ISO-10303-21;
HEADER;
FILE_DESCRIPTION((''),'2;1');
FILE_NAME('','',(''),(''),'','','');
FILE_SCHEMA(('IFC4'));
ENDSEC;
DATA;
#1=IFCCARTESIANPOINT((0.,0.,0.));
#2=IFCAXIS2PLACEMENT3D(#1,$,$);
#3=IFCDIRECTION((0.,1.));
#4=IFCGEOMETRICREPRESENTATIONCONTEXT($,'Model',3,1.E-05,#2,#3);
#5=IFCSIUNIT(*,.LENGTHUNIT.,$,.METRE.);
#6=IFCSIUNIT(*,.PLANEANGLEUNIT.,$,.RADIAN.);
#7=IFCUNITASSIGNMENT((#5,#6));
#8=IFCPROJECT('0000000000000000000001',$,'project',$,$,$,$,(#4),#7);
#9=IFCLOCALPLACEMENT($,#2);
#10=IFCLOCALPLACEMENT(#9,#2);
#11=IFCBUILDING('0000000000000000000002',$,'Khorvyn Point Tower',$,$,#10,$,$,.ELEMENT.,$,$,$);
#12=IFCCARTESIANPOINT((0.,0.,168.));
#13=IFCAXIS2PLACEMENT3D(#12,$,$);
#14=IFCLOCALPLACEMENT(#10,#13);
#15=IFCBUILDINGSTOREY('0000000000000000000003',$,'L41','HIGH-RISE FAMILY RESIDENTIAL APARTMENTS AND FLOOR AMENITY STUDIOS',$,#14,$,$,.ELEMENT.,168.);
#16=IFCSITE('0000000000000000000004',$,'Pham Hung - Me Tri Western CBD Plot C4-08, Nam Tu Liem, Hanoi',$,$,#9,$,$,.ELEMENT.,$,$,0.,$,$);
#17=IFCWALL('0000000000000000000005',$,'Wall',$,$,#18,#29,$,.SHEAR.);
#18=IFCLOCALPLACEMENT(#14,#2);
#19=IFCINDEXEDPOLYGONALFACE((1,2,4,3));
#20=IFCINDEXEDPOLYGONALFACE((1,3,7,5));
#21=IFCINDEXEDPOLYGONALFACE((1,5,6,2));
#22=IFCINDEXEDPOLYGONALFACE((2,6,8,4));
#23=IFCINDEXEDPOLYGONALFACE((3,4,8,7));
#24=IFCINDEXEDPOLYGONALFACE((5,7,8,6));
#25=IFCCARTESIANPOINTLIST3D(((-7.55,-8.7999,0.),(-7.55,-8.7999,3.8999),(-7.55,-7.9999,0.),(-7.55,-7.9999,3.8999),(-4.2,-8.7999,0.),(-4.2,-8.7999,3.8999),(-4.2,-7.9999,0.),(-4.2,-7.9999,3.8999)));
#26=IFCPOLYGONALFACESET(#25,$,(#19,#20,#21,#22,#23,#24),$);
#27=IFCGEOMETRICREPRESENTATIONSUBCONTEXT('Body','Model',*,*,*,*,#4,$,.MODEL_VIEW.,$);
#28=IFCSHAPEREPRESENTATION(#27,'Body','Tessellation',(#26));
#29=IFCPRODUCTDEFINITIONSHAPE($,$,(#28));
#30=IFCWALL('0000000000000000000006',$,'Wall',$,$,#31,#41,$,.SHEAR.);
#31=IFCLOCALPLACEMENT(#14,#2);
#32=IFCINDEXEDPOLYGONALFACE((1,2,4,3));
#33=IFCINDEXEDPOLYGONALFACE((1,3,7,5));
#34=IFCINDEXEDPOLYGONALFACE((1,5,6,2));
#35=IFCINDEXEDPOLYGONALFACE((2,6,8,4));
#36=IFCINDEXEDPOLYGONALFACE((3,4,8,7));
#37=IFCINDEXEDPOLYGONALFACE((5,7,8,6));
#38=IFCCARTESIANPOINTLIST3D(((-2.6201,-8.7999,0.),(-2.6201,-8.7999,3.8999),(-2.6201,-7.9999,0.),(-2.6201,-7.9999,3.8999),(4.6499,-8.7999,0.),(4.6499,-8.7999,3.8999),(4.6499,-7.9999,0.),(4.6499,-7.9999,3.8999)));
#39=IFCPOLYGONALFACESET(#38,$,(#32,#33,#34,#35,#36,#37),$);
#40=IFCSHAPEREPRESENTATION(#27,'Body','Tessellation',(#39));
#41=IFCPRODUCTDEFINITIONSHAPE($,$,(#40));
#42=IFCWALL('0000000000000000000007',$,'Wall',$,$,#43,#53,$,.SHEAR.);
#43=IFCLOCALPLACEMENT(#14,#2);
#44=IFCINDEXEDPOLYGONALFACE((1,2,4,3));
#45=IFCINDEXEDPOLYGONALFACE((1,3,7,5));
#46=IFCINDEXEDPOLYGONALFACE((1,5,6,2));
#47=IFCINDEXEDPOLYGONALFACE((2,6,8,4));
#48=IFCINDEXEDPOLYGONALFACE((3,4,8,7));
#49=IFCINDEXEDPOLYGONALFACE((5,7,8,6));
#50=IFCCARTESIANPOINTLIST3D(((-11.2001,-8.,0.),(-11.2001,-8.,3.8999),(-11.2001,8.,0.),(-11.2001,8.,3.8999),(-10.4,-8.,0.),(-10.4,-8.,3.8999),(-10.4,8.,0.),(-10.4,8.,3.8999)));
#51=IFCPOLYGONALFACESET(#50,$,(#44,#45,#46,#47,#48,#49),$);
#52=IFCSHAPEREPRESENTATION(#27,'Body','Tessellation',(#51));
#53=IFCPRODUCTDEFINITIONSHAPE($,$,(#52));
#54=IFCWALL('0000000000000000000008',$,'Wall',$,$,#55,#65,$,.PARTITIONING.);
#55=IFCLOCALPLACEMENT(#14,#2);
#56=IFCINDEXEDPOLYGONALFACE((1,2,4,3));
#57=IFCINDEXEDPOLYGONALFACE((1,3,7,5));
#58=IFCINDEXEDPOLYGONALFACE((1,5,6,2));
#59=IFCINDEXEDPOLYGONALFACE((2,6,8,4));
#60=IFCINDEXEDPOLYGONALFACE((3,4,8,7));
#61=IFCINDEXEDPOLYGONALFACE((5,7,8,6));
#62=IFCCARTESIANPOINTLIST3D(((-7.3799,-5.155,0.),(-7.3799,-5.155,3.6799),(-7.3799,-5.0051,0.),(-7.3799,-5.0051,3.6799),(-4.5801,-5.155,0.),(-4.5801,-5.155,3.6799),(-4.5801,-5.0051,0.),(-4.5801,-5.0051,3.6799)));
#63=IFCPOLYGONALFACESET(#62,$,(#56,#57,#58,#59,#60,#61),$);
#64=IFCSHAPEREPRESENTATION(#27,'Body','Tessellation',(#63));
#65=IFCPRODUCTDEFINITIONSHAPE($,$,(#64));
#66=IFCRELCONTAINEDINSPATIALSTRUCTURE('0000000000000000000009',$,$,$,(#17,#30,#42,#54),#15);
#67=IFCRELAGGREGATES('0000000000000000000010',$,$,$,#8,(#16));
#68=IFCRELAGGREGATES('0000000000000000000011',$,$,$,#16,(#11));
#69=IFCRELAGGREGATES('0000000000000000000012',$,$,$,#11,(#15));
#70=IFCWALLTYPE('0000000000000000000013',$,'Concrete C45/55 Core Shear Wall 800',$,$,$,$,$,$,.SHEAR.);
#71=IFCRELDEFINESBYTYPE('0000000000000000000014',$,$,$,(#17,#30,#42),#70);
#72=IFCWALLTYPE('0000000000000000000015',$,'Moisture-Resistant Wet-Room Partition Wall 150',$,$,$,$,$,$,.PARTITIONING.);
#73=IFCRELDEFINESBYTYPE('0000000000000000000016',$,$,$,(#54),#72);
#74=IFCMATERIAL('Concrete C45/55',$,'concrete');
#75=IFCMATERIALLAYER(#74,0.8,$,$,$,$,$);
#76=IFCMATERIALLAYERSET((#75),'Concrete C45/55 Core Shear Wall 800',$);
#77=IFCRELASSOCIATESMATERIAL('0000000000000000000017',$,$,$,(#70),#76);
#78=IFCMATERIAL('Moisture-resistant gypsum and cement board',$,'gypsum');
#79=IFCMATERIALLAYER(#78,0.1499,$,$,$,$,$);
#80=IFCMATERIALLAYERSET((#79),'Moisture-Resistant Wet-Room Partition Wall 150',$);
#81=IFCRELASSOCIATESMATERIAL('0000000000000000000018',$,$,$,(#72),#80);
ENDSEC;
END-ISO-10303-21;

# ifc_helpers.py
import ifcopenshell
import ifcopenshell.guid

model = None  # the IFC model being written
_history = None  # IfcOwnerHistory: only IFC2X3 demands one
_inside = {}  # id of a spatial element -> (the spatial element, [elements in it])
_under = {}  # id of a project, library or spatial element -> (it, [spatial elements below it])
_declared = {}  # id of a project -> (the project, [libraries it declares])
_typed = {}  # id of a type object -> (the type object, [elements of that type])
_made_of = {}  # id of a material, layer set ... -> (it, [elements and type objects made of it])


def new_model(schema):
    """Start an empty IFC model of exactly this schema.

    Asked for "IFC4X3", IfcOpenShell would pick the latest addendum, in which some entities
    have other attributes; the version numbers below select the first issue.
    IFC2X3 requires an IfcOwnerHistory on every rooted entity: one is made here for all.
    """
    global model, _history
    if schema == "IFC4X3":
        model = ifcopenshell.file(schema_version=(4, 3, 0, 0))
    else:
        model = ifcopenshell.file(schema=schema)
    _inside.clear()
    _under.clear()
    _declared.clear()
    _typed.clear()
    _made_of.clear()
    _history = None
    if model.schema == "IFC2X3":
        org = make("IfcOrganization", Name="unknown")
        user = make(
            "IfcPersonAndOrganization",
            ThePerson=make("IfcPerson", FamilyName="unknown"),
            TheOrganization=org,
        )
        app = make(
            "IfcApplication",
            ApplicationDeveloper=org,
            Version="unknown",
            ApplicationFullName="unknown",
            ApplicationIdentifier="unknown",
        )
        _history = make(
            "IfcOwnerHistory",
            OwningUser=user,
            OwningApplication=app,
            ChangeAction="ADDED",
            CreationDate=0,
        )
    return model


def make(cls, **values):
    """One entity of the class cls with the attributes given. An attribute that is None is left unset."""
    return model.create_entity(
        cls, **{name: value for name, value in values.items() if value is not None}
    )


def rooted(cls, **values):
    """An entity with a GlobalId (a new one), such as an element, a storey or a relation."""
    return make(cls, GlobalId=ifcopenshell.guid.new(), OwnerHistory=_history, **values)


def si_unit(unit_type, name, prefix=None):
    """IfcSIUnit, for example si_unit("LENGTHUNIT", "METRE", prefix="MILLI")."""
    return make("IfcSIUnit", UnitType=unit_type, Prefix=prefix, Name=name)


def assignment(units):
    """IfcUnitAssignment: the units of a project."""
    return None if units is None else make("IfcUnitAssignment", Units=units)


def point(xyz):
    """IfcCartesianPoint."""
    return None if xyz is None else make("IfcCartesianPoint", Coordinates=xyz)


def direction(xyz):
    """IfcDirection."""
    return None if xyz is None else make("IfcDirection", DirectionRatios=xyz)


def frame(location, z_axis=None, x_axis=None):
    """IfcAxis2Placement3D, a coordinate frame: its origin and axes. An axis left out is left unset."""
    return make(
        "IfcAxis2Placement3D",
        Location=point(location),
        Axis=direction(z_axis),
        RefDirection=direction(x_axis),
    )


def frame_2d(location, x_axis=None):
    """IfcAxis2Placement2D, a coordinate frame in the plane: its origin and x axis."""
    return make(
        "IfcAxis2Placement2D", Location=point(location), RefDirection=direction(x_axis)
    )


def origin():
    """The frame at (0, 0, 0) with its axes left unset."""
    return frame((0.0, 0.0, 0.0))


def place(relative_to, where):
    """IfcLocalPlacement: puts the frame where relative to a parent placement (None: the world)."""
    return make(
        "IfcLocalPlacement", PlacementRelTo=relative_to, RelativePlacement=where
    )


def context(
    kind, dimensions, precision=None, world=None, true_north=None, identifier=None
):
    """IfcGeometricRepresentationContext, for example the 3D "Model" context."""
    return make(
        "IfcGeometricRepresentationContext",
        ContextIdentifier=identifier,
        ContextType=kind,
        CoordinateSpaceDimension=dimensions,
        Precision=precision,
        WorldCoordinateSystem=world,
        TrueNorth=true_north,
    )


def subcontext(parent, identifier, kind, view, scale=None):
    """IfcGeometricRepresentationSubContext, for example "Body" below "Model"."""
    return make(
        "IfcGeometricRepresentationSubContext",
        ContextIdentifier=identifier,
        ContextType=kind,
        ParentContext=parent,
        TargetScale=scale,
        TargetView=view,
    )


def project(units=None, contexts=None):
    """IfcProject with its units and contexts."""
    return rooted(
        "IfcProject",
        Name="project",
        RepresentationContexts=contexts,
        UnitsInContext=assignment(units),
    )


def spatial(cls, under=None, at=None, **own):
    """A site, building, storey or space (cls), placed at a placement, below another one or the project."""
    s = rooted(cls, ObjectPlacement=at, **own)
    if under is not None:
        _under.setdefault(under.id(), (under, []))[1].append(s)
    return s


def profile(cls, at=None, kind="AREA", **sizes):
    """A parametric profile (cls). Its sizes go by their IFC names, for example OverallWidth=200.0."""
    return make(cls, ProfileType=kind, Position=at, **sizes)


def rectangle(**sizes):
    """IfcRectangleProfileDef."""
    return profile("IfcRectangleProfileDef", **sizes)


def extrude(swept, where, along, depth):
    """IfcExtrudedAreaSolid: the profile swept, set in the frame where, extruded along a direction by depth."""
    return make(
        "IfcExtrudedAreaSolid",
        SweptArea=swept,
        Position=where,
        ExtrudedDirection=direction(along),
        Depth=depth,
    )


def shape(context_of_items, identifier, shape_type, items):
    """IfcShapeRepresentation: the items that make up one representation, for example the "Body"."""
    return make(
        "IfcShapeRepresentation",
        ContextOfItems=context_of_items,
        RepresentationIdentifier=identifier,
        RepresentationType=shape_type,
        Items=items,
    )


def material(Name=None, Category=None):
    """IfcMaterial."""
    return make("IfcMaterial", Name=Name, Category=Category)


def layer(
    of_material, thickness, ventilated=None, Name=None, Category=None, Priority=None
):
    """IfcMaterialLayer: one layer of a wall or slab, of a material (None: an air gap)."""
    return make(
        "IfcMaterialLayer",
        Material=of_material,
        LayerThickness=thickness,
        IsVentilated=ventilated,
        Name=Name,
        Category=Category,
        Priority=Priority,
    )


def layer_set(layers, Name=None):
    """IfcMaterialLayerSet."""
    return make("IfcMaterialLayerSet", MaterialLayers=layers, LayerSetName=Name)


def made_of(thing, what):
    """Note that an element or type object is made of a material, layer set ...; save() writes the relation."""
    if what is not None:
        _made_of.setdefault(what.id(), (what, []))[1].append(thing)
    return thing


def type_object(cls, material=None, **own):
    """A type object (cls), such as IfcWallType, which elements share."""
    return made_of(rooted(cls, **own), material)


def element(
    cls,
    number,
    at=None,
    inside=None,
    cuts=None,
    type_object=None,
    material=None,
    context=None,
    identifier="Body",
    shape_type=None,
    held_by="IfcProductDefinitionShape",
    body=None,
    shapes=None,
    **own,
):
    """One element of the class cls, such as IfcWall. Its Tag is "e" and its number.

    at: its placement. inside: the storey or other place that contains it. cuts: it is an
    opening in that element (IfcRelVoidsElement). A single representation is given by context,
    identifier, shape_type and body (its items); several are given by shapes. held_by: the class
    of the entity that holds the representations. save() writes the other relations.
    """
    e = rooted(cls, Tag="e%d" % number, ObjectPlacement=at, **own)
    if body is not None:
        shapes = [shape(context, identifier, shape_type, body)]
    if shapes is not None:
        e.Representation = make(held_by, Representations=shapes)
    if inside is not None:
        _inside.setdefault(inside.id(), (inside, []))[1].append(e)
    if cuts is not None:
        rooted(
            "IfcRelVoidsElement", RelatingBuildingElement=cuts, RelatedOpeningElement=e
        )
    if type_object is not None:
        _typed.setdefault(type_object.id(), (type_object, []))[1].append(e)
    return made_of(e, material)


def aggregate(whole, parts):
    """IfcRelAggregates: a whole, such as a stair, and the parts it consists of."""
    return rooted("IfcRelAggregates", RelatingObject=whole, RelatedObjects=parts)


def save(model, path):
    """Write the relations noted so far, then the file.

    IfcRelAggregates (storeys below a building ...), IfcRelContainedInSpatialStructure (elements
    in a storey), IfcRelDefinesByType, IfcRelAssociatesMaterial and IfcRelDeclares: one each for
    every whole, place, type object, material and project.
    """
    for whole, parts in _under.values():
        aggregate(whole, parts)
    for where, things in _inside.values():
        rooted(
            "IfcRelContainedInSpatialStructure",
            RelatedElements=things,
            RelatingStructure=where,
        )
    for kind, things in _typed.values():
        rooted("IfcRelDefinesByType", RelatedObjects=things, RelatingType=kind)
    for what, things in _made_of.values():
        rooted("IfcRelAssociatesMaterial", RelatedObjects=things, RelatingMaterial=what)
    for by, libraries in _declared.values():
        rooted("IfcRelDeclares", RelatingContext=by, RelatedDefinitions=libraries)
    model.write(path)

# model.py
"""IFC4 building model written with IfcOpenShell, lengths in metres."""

from ifc_helpers import new_model, si_unit, direction, frame, frame_2d, origin, place, context, subcontext, project, spatial, rectangle, extrude, material, layer, layer_set, type_object, element, save


model = new_model("IFC4")

# Units and contexts
model_context = context("Model", 3, precision=1e-05, world=origin(), true_north=direction((0.0, 1.0)))
body_context = subcontext(model_context, "Body", "Model", "MODEL_VIEW")
ifc_project = project(units=[si_unit("LENGTHUNIT", "METRE"), si_unit("PLANEANGLEUNIT", "RADIAN")], contexts=[model_context])

# Site, building, storey
site_placement = place(None, origin())
site = spatial("IfcSite", under=ifc_project, at=site_placement, Name="Pham Hung - Me Tri Western CBD Plot C4-08, Nam Tu Liem, Hanoi", CompositionType="ELEMENT", RefElevation=0.0)
building_placement = place(site_placement, origin())
building = spatial("IfcBuilding", under=site, at=building_placement, Name="Khorvyn Point Tower", CompositionType="ELEMENT")
storey_placement = place(building_placement, frame((0.0, 0.0, 168.0)))
storey = spatial("IfcBuildingStorey", under=building, at=storey_placement, Name="L41", Description="HIGH-RISE FAMILY RESIDENTIAL APARTMENTS AND FLOOR AMENITY STUDIOS", CompositionType="ELEMENT", Elevation=168.0)

# Shared definitions
ifc_material_1 = material(Name="Concrete C45/55", Category="concrete")

# Walls
ifc_layer_1 = layer(ifc_material_1, 0.8)
ifc_layer_set_1 = layer_set([ifc_layer_1], Name="Concrete C45/55 Core Shear Wall 800")
wall_type_1 = type_object("IfcWallType", Name="Concrete C45/55 Core Shear Wall 800", PredefinedType="SHEAR", material=ifc_layer_set_1)
wall_1_placement = place(storey_placement, frame((-7.55, -8.3999, 0.0), z_axis=(0.0, 0.0, 1.0), x_axis=(1.0, 0.0, 0.0)))
element("IfcWall", 1, at=wall_1_placement, inside=storey, type_object=wall_type_1, Name="Wall", PredefinedType="SHEAR", context=body_context, shape_type="SweptSolid", body=[
    extrude(rectangle(XDim=3.3501, YDim=0.8, at=frame_2d((1.675, 0.0))), origin(), (0.0, 0.0, 1.0), 3.8999),
])
wall_2_placement = place(storey_placement, frame((-2.6201, -8.3999, 0.0), z_axis=(0.0, 0.0, 1.0), x_axis=(1.0, 0.0, 0.0)))
element("IfcWall", 2, at=wall_2_placement, inside=storey, type_object=wall_type_1, Name="Wall", PredefinedType="SHEAR", context=body_context, shape_type="SweptSolid", body=[
    extrude(rectangle(XDim=7.27, YDim=0.8, at=frame_2d((3.635, 0.0))), origin(), (0.0, 0.0, 1.0), 3.8999),
])
wall_3_placement = place(storey_placement, frame((-10.8, -8.0, 0.0), z_axis=(0.0, 0.0, 1.0), x_axis=(0.0, 1.0, 0.0)))
element("IfcWall", 3, at=wall_3_placement, inside=storey, type_object=wall_type_1, Name="Wall", PredefinedType="SHEAR", context=body_context, shape_type="SweptSolid", body=[
    extrude(rectangle(XDim=16.0, YDim=0.8, at=frame_2d((8.0, 0.0))), origin(), (0.0, 0.0, 1.0), 3.8999),
])
ifc_material_2 = material(Name="Moisture-resistant gypsum and cement board", Category="gypsum")
ifc_layer_2 = layer(ifc_material_2, 0.1499)
ifc_layer_set_2 = layer_set([ifc_layer_2], Name="Moisture-Resistant Wet-Room Partition Wall 150")
wall_type_2 = type_object("IfcWallType", Name="Moisture-Resistant Wet-Room Partition Wall 150", PredefinedType="PARTITIONING", material=ifc_layer_set_2)
wall_4_placement = place(storey_placement, frame((-7.3799, -5.0801, 0.0), z_axis=(0.0, 0.0, 1.0), x_axis=(1.0, 0.0, 0.0)))
element("IfcWall", 4, at=wall_4_placement, inside=storey, type_object=wall_type_2, Name="Wall", PredefinedType="PARTITIONING", context=body_context, shape_type="SweptSolid", body=[
    extrude(rectangle(XDim=2.7998, YDim=0.1499, at=frame_2d((1.3999, 0.0))), origin(), (0.0, 0.0, 1.0), 3.6799),
])

save(model, "model.ifc")
